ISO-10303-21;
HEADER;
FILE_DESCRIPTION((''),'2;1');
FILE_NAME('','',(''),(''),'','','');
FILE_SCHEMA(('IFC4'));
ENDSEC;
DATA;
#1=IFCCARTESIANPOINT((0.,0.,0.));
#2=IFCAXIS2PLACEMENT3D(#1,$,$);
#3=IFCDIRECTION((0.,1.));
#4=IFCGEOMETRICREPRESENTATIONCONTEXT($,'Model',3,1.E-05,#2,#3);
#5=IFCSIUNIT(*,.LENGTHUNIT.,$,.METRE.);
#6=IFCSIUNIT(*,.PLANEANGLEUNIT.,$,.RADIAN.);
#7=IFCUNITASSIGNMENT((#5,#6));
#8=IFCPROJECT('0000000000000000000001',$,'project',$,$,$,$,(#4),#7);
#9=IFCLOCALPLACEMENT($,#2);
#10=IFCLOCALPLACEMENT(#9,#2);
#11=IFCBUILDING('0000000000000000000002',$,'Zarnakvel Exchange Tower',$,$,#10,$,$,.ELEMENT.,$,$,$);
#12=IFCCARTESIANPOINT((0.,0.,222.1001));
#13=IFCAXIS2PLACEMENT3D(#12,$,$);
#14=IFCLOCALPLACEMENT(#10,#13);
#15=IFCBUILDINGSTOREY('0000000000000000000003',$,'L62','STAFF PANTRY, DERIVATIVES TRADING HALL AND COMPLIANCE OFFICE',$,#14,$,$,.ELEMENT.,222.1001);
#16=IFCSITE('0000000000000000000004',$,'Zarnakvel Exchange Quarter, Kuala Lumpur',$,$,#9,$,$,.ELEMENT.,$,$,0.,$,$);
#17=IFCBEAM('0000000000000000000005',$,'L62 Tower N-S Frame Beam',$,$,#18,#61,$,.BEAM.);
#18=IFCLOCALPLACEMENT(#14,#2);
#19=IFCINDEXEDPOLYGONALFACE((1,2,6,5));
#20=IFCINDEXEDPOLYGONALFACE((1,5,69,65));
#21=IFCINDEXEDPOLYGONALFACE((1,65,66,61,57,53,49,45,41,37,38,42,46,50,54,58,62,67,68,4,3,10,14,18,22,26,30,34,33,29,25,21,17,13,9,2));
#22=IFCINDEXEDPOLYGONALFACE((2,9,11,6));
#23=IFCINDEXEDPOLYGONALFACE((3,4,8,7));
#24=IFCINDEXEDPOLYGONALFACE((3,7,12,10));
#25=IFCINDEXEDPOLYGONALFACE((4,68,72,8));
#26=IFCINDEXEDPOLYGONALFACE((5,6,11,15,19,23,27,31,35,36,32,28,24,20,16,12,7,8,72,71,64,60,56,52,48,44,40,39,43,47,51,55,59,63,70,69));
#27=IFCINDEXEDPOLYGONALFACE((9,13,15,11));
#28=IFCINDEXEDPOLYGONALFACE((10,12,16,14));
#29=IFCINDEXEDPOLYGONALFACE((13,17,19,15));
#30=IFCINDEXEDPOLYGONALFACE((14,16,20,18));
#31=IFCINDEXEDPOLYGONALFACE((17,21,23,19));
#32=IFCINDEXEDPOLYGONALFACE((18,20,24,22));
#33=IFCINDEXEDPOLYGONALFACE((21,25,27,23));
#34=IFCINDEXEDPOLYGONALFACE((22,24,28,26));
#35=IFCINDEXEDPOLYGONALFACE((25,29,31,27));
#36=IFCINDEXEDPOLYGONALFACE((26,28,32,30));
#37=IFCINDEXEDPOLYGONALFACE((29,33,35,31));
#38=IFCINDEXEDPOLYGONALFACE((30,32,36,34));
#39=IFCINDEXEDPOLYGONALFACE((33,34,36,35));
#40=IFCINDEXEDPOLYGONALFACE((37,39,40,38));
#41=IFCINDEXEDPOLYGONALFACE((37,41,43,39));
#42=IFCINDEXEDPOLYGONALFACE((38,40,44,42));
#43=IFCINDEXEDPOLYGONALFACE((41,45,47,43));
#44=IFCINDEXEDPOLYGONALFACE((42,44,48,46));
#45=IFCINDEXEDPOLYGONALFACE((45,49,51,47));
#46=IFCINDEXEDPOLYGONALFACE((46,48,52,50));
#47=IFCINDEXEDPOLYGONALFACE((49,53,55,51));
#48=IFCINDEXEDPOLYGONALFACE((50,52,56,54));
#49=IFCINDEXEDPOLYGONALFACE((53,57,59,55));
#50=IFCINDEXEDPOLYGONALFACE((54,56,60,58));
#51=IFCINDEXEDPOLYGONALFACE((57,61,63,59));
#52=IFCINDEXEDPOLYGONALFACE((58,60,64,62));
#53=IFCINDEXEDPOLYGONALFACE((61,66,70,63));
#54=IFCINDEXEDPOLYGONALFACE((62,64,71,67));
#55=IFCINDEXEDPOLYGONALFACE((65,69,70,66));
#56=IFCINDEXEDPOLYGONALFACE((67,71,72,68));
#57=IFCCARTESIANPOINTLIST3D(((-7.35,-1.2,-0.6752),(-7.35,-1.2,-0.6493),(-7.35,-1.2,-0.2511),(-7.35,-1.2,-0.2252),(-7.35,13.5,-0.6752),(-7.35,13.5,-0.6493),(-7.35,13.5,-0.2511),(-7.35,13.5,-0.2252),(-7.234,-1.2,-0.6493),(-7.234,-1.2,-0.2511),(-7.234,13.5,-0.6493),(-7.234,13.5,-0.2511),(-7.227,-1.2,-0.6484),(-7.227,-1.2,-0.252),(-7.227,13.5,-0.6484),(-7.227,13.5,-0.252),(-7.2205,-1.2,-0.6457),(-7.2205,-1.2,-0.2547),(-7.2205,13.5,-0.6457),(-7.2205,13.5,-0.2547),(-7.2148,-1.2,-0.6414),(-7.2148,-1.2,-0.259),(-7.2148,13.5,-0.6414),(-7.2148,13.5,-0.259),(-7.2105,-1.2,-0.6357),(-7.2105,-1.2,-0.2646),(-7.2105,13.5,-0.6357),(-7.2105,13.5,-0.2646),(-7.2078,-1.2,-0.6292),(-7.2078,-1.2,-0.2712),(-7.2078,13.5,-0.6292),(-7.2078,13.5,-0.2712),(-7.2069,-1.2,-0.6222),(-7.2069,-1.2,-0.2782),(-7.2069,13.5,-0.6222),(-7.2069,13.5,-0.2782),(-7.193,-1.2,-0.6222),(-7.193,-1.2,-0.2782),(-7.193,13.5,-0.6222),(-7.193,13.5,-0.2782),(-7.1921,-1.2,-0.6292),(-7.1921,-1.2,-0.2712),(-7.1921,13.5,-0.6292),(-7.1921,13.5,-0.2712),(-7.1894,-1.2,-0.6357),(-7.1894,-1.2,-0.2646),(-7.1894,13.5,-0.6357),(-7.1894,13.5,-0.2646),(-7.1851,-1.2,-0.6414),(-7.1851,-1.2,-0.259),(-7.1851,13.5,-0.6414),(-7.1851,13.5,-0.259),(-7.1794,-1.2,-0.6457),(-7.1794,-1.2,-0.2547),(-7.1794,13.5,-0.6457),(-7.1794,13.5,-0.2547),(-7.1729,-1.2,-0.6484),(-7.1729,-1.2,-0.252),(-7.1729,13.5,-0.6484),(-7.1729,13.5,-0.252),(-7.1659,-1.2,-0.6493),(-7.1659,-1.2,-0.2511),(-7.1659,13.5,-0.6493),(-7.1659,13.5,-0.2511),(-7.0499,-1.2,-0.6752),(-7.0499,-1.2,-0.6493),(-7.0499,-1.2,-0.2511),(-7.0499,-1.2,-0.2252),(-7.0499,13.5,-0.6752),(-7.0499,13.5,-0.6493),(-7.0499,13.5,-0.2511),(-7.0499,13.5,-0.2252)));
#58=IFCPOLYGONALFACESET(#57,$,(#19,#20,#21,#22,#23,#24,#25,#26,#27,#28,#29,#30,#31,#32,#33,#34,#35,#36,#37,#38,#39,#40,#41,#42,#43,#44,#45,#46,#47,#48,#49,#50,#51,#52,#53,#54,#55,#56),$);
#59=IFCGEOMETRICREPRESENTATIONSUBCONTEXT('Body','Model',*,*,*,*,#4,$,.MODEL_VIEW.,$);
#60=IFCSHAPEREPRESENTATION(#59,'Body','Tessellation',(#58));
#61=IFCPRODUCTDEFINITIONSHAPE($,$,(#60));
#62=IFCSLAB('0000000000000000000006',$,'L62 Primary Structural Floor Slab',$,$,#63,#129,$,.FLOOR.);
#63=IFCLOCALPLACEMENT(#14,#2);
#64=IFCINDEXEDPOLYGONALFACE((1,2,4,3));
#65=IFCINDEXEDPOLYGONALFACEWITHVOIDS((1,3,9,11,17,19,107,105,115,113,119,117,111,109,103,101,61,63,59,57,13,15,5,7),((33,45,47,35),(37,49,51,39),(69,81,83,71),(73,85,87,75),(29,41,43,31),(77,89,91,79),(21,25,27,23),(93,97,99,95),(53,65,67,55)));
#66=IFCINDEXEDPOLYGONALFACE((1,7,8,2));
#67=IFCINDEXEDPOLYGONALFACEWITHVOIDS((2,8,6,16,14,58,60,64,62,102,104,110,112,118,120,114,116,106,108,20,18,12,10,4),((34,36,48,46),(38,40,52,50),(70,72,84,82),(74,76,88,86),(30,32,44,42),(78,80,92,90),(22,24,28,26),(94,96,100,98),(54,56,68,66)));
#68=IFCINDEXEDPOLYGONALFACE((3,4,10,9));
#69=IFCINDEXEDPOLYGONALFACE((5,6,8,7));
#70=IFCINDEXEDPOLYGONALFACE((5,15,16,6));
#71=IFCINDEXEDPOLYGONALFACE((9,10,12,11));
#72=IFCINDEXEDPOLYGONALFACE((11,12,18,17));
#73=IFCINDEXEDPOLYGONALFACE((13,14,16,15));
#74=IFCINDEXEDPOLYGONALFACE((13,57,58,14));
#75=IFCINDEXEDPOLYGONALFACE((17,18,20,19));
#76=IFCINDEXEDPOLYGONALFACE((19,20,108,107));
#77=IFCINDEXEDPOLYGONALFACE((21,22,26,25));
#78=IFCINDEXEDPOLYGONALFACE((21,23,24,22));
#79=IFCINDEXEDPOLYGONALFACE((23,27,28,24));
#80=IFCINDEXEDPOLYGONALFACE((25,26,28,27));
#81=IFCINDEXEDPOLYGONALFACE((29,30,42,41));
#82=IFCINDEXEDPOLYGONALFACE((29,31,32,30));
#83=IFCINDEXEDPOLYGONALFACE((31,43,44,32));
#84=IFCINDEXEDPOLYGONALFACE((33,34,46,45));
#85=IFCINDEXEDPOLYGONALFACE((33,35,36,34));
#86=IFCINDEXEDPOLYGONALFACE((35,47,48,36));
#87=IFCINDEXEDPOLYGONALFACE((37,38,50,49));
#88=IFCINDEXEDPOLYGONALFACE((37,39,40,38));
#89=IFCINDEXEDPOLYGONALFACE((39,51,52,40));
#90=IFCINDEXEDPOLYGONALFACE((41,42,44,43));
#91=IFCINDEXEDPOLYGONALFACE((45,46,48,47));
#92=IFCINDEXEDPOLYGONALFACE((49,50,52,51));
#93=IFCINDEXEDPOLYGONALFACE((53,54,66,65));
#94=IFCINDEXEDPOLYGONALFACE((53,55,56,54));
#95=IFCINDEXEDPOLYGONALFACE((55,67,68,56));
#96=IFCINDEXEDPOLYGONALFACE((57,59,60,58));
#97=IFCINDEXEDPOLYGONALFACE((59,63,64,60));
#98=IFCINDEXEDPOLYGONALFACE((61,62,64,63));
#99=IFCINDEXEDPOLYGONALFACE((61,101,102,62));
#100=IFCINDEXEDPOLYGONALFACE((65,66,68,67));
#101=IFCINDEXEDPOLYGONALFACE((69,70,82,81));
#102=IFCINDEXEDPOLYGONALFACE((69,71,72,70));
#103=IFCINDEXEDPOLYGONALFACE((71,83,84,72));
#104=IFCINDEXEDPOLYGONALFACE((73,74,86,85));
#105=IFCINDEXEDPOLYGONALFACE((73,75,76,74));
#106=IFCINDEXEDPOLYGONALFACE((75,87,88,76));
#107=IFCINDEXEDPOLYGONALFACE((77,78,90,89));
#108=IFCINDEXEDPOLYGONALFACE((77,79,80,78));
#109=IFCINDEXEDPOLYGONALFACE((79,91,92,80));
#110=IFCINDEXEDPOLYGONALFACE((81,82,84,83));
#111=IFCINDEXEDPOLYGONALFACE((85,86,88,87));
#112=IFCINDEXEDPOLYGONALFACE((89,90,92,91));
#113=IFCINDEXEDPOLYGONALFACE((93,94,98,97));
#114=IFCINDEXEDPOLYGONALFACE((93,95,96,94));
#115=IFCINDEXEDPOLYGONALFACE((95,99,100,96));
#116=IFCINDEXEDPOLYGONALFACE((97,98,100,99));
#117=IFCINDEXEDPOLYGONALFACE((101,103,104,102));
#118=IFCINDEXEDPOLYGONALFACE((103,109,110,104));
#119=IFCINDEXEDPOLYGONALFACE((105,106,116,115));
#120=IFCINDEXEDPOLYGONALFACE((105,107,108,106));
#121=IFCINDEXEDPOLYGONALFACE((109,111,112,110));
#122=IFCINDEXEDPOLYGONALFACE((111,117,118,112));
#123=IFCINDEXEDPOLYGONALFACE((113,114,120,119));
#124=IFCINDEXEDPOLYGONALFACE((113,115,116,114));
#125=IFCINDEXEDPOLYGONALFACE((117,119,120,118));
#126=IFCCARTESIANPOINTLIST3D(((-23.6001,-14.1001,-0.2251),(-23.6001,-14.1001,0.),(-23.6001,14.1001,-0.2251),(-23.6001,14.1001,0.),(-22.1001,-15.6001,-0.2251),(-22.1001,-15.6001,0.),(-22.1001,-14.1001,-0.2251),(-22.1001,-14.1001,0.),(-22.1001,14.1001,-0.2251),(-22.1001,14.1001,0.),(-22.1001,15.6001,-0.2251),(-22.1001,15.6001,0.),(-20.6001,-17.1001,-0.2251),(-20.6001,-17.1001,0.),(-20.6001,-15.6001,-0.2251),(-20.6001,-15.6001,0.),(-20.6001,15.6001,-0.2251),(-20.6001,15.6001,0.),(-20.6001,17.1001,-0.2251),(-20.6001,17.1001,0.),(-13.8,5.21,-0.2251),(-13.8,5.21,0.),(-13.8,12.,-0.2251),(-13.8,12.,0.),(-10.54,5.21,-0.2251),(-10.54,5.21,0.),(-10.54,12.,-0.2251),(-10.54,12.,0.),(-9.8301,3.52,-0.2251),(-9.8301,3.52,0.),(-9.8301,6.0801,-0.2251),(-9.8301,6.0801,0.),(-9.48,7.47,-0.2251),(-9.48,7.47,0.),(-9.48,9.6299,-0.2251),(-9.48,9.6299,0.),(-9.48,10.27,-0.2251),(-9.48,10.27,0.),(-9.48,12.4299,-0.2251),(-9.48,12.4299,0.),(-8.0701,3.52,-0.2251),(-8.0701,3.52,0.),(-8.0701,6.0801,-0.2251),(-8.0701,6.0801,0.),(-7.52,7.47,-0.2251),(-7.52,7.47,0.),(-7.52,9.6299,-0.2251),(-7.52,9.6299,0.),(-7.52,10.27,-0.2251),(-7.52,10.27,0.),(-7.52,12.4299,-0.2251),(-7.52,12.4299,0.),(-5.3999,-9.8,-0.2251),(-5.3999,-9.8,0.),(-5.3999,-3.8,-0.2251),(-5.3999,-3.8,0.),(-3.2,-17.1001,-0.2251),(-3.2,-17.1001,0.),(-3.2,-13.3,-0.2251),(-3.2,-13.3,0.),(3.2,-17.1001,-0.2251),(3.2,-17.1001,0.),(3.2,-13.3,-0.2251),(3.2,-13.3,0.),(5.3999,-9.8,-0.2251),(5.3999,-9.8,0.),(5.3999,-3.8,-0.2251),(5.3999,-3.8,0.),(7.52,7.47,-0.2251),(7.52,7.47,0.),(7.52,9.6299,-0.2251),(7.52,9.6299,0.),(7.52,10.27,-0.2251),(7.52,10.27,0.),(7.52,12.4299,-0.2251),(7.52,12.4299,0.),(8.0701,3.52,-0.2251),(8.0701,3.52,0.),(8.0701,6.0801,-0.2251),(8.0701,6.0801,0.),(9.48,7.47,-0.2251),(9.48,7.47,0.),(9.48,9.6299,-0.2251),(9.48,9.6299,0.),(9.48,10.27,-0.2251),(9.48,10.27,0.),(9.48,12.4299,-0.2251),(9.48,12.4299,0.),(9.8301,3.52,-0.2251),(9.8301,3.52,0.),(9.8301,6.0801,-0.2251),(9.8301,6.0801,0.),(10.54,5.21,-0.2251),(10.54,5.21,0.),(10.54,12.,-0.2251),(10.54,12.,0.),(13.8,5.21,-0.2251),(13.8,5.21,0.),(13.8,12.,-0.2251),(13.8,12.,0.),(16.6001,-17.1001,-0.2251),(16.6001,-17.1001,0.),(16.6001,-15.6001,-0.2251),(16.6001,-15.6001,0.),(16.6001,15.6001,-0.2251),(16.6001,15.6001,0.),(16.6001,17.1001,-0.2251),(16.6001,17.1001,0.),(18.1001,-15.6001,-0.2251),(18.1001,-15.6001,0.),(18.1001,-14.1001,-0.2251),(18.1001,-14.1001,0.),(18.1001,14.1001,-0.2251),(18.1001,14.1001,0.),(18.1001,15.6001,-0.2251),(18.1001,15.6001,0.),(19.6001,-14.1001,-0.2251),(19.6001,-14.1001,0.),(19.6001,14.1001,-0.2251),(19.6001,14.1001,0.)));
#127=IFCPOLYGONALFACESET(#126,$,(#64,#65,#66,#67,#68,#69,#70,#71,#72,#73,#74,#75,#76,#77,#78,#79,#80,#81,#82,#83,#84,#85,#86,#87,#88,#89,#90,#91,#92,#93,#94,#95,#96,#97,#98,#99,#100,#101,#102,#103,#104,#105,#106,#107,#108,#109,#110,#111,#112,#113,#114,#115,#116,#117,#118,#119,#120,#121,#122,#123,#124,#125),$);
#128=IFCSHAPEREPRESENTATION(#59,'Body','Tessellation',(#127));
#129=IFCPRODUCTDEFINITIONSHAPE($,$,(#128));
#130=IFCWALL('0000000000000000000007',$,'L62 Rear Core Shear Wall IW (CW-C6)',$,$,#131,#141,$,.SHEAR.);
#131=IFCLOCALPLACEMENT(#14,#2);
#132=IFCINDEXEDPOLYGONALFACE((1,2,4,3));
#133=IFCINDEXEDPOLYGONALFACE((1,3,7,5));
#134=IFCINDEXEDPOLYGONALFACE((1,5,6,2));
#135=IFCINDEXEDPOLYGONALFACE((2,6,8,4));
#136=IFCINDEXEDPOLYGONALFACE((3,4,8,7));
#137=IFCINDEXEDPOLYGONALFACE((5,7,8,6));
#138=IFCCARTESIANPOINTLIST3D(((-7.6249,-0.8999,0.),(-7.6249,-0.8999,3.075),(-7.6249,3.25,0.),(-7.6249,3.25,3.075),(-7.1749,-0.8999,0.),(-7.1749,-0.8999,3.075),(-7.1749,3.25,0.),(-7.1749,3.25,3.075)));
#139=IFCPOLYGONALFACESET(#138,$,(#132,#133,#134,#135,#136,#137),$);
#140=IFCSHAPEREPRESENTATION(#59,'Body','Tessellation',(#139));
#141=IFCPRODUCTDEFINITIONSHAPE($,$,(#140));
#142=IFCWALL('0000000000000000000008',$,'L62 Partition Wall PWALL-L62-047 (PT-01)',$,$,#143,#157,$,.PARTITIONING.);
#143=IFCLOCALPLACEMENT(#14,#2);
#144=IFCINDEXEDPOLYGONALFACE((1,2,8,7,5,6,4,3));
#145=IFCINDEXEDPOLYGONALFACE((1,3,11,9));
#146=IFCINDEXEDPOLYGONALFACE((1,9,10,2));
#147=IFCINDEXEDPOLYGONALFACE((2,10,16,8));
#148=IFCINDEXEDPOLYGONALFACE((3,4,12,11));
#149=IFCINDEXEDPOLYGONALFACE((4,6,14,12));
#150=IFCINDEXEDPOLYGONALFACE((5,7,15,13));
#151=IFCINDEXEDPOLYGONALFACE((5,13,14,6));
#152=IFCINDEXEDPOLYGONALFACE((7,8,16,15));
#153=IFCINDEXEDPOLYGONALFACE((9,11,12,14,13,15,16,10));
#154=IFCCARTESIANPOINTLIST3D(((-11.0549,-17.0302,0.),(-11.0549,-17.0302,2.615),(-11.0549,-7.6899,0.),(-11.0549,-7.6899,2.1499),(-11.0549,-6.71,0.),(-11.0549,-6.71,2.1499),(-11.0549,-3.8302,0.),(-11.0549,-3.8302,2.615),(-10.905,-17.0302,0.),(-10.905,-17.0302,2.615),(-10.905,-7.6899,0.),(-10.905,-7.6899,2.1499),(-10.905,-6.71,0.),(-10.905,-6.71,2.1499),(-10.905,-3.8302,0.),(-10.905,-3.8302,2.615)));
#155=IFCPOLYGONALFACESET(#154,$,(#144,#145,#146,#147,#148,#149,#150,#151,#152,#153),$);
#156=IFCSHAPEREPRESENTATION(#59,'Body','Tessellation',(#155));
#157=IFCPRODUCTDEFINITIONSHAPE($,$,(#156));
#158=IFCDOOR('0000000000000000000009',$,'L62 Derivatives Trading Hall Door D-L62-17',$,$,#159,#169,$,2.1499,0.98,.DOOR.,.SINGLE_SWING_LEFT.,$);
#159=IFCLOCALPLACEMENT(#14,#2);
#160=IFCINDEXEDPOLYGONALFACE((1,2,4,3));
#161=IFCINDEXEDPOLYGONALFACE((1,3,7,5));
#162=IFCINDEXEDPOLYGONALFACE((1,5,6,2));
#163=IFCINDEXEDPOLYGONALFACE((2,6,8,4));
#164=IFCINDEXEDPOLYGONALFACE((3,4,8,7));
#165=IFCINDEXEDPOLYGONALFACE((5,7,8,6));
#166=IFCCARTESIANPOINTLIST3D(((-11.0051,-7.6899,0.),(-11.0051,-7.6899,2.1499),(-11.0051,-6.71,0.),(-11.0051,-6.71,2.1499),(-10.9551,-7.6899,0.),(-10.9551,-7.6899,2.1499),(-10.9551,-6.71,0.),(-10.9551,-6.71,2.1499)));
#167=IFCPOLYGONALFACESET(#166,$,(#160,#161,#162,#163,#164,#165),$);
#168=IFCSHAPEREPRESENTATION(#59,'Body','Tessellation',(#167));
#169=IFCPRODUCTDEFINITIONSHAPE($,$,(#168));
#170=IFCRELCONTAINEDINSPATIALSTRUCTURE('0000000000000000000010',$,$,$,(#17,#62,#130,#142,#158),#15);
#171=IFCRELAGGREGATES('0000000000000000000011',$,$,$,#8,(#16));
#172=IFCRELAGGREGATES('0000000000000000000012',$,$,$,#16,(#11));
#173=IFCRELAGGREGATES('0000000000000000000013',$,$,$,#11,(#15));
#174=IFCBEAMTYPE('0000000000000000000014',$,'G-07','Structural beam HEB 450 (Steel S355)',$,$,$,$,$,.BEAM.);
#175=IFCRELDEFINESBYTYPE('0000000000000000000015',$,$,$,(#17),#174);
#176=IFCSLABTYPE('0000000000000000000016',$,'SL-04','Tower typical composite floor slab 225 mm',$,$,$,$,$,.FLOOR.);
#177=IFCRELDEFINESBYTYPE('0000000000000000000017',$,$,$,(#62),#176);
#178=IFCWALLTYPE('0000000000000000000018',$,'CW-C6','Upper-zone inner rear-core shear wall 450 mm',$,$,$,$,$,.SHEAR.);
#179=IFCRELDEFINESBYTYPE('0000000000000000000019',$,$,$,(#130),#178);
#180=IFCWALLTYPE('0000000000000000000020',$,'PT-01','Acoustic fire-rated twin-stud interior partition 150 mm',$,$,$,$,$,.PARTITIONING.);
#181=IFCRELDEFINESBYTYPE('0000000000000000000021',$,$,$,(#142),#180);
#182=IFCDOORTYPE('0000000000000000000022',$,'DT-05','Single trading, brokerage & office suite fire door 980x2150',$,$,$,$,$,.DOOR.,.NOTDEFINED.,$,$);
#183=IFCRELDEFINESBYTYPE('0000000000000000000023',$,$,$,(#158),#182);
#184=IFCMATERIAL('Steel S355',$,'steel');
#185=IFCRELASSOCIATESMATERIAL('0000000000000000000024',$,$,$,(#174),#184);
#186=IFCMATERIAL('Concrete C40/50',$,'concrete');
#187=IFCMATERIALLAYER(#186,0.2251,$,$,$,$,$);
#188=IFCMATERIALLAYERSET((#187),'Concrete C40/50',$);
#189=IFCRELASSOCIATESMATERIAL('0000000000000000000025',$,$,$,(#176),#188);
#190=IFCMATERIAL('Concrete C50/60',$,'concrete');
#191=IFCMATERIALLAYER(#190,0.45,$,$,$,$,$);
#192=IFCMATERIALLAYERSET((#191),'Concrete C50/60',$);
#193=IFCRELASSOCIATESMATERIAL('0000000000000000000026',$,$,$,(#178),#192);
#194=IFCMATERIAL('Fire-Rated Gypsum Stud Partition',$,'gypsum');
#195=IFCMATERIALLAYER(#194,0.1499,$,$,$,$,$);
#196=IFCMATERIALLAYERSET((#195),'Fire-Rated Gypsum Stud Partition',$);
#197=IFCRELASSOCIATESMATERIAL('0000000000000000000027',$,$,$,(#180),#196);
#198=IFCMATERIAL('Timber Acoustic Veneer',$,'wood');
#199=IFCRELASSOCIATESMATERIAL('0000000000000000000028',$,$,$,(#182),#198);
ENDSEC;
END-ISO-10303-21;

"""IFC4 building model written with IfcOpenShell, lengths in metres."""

from ifc_helpers import new_model, si_unit, direction, frame, frame_2d, origin, origin_2d, place, context, subcontext, project, spatial, polyline, rectangle, i_section, outline, extrude, source, transform, mapped, material, layer, layer_set, material_profile, profile_set, type_object, element, fill, save


model = new_model("IFC4")

# Units and contexts
model_context = context("Model", 3, precision=1e-05, world=origin(), true_north=direction((0.0, 1.0)))
body_context = subcontext(model_context, "Body", "Model", "MODEL_VIEW")
ifc_project = project(units=[si_unit("LENGTHUNIT", "METRE"), si_unit("PLANEANGLEUNIT", "RADIAN")], contexts=[model_context])

# Site, building, storey
site_placement = place(None, origin())
site = spatial("IfcSite", under=ifc_project, at=site_placement, Name="Zarnakvel Exchange Quarter, Kuala Lumpur", CompositionType="ELEMENT", RefElevation=0.0)
building_placement = place(site_placement, origin())
building = spatial("IfcBuilding", under=site, at=building_placement, Name="Zarnakvel Exchange Tower", CompositionType="ELEMENT")
storey_placement = place(building_placement, frame((0.0, 0.0, 222.1001)))
storey = spatial("IfcBuildingStorey", under=building, at=storey_placement, Name="L62", Description="STAFF PANTRY, DERIVATIVES TRADING HALL AND COMPLIANCE OFFICE", CompositionType="ELEMENT", Elevation=222.1001)

# Shared definitions
ifc_material_1 = material(Name="Concrete C50/60", Category="concrete")

# Beam
ifc_material_2 = material(Name="Steel S355", Category="steel")
ifc_material_profile_1 = material_profile(ifc_material_2, i_section(OverallWidth=0.3, OverallDepth=0.45, WebThickness=0.0139, FlangeThickness=0.0259, FilletRadius=0.0271, at=origin_2d()))
ifc_profile_set_1 = profile_set([ifc_material_profile_1], Name="Steel S355")
beam_type_1 = type_object("IfcBeamType", Name="G-07", Description="Structural beam HEB 450 (Steel S355)", PredefinedType="BEAM", material=ifc_profile_set_1)
beam_1_placement = place(storey_placement, frame((-7.2, -1.2, -0.4502), z_axis=(0.0, 1.0, 0.0), x_axis=(-1.0, 0.0, 0.0)))
element("IfcBeam", 1, at=beam_1_placement, inside=storey, type_object=beam_type_1, Name="L62 Tower N-S Frame Beam", PredefinedType="BEAM", context=body_context, shape_type="SweptSolid", body=[
    extrude(i_section(OverallWidth=0.3, OverallDepth=0.45, WebThickness=0.0139, FlangeThickness=0.0259, FilletRadius=0.0271, at=origin_2d()), origin(), (0.0, 0.0, 1.0), 14.7),
])

# Slab
ifc_material_3 = material(Name="Concrete C40/50", Category="concrete")
ifc_layer_1 = layer(ifc_material_3, 0.2251)
ifc_layer_set_1 = layer_set([ifc_layer_1], Name="Concrete C40/50")
slab_type = type_object("IfcSlabType", Name="SL-04", Description="Tower typical composite floor slab 225 mm", PredefinedType="FLOOR", material=ifc_layer_set_1)
slab_placement = place(storey_placement, frame((0.0, 0.0, -0.2251)))
element("IfcSlab", 2, at=slab_placement, inside=storey, type_object=slab_type, Name="L62 Primary Structural Floor Slab", PredefinedType="FLOOR", context=body_context, shape_type="SweptSolid", body=[
    extrude(outline(polyline([(-23.6001, -14.1001), (-22.1001, -14.1001), (-22.1001, -15.6001), (-20.6001, -15.6001), (-20.6001, -17.1001), (-3.2, -17.1001), (-3.2, -13.3), (3.2, -13.3), (3.2, -17.1001), (16.6001, -17.1001), (16.6001, -15.6001), (18.1001, -15.6001), (18.1001, -14.1001), (19.6001, -14.1001), (19.6001, 14.1001), (18.1001, 14.1001), (18.1001, 15.6001), (16.6001, 15.6001), (16.6001, 17.1001), (-20.6001, 17.1001), (-20.6001, 15.6001), (-22.1001, 15.6001), (-22.1001, 14.1001), (-23.6001, 14.1001), (-23.6001, -14.1001)]), holes=[polyline([(-5.3999, -9.8), (5.3999, -9.8), (5.3999, -3.8), (-5.3999, -3.8), (-5.3999, -9.8)]), polyline([(-13.8, 5.21), (-10.54, 5.21), (-10.54, 12.0), (-13.8, 12.0), (-13.8, 5.21)]), polyline([(10.54, 5.21), (13.8, 5.21), (13.8, 12.0), (10.54, 12.0), (10.54, 5.21)]), polyline([(-9.8301, 3.52), (-8.0701, 3.52), (-8.0701, 6.0801), (-9.8301, 6.0801), (-9.8301, 3.52)]), polyline([(8.0701, 3.52), (9.8301, 3.52), (9.8301, 6.0801), (8.0701, 6.0801), (8.0701, 3.52)]), polyline([(-9.48, 7.47), (-7.52, 7.47), (-7.52, 9.6299), (-9.48, 9.6299), (-9.48, 7.47)]), polyline([(-9.48, 10.27), (-7.52, 10.27), (-7.52, 12.4299), (-9.48, 12.4299), (-9.48, 10.27)]), polyline([(7.52, 7.47), (9.48, 7.47), (9.48, 9.6299), (7.52, 9.6299), (7.52, 7.47)]), polyline([(7.52, 10.27), (9.48, 10.27), (9.48, 12.4299), (7.52, 12.4299), (7.52, 10.27)])]), origin(), (0.0, 0.0, 1.0), 0.2251),
])

# Wall
ifc_layer_2 = layer(ifc_material_1, 0.45)
ifc_layer_set_2 = layer_set([ifc_layer_2], Name="Concrete C50/60")
wall_type_1 = type_object("IfcWallType", Name="CW-C6", Description="Upper-zone inner rear-core shear wall 450 mm", PredefinedType="SHEAR", material=ifc_layer_set_2)
wall_1_placement = place(storey_placement, frame((-7.3999, -0.8999, 0.0), z_axis=(0.0, 0.0, 1.0), x_axis=(0.0, 1.0, 0.0)))
element("IfcWall", 3, at=wall_1_placement, inside=storey, type_object=wall_type_1, Name="L62 Rear Core Shear Wall IW (CW-C6)", PredefinedType="SHEAR", context=body_context, shape_type="SweptSolid", body=[
    extrude(rectangle(XDim=4.1499, YDim=0.45, at=frame_2d((2.075, 0.0))), origin(), (0.0, 0.0, 1.0), 3.075),
])

# Wall, opening, door
ifc_material_4 = material(Name="Fire-Rated Gypsum Stud Partition", Category="gypsum")
ifc_layer_3 = layer(ifc_material_4, 0.1499)
ifc_layer_set_3 = layer_set([ifc_layer_3], Name="Fire-Rated Gypsum Stud Partition")
wall_type_2 = type_object("IfcWallType", Name="PT-01", Description="Acoustic fire-rated twin-stud interior partition 150 mm", PredefinedType="PARTITIONING", material=ifc_layer_set_3)
wall_2_placement = place(storey_placement, frame((-10.98, -3.8301, 0.0), z_axis=(0.0, 0.0, 1.0), x_axis=(0.0, -1.0, 0.0)))
wall_2 = element("IfcWall", 4, at=wall_2_placement, inside=storey, type_object=wall_type_2, Name="L62 Partition Wall PWALL-L62-047 (PT-01)", PredefinedType="PARTITIONING", context=body_context, shape_type="SweptSolid", body=[
    extrude(rectangle(XDim=13.2, YDim=0.1499, at=frame_2d((6.6001, 0.0))), origin(), (0.0, 0.0, 1.0), 2.615),
])
opening_1_placement = place(wall_2_placement, frame((2.8799, 0.0, 0.0)))
opening_1 = element("IfcOpeningElement", 5, at=opening_1_placement, cuts=wall_2, PredefinedType="OPENING", context=body_context, shape_type="SweptSolid", body=[
    extrude(rectangle(XDim=0.98, YDim=2.1499, at=frame_2d((0.49, 1.075))), frame((0.0, 0.085, 0.0), z_axis=(0.0, -1.0, 0.0), x_axis=(1.0, 0.0, 0.0)), (0.0, 0.0, 1.0), 0.1699),
])
ifc_material_5 = material(Name="Timber Acoustic Veneer", Category="wood")
door_type_1 = type_object("IfcDoorType", Name="DT-05", Description="Single trading, brokerage & office suite fire door 980x2150", OperationType="NOTDEFINED", PredefinedType="DOOR", material=ifc_material_5)
shared_shape_1 = source(origin(), body_context, "Body", "SweptSolid", [
    extrude(rectangle(XDim=0.98, YDim=2.1499, at=frame_2d((0.49, 1.075))), frame((0.0, 0.0249, 0.0), z_axis=(0.0, -1.0, 0.0), x_axis=(1.0, 0.0, 0.0)), (0.0, 0.0, 1.0), 0.05),
])
door_1_placement = place(opening_1_placement, origin())
door_1 = element("IfcDoor", 6, at=door_1_placement, inside=storey, type_object=door_type_1, Name="L62 Derivatives Trading Hall Door D-L62-17", OperationType="SINGLE_SWING_LEFT", OverallHeight=2.1499, OverallWidth=0.98, PredefinedType="DOOR", context=body_context, shape_type="MappedRepresentation", body=[
    mapped(shared_shape_1, transform((0.0, 0.0, 0.0), x_axis=(1.0, 0.0, 0.0), y_axis=(0.0, 1.0, 0.0), z_axis=(0.0, 0.0, 1.0), scale=1.0)),
])
fill(opening_1, door_1)

save(model, "model.ifc")
